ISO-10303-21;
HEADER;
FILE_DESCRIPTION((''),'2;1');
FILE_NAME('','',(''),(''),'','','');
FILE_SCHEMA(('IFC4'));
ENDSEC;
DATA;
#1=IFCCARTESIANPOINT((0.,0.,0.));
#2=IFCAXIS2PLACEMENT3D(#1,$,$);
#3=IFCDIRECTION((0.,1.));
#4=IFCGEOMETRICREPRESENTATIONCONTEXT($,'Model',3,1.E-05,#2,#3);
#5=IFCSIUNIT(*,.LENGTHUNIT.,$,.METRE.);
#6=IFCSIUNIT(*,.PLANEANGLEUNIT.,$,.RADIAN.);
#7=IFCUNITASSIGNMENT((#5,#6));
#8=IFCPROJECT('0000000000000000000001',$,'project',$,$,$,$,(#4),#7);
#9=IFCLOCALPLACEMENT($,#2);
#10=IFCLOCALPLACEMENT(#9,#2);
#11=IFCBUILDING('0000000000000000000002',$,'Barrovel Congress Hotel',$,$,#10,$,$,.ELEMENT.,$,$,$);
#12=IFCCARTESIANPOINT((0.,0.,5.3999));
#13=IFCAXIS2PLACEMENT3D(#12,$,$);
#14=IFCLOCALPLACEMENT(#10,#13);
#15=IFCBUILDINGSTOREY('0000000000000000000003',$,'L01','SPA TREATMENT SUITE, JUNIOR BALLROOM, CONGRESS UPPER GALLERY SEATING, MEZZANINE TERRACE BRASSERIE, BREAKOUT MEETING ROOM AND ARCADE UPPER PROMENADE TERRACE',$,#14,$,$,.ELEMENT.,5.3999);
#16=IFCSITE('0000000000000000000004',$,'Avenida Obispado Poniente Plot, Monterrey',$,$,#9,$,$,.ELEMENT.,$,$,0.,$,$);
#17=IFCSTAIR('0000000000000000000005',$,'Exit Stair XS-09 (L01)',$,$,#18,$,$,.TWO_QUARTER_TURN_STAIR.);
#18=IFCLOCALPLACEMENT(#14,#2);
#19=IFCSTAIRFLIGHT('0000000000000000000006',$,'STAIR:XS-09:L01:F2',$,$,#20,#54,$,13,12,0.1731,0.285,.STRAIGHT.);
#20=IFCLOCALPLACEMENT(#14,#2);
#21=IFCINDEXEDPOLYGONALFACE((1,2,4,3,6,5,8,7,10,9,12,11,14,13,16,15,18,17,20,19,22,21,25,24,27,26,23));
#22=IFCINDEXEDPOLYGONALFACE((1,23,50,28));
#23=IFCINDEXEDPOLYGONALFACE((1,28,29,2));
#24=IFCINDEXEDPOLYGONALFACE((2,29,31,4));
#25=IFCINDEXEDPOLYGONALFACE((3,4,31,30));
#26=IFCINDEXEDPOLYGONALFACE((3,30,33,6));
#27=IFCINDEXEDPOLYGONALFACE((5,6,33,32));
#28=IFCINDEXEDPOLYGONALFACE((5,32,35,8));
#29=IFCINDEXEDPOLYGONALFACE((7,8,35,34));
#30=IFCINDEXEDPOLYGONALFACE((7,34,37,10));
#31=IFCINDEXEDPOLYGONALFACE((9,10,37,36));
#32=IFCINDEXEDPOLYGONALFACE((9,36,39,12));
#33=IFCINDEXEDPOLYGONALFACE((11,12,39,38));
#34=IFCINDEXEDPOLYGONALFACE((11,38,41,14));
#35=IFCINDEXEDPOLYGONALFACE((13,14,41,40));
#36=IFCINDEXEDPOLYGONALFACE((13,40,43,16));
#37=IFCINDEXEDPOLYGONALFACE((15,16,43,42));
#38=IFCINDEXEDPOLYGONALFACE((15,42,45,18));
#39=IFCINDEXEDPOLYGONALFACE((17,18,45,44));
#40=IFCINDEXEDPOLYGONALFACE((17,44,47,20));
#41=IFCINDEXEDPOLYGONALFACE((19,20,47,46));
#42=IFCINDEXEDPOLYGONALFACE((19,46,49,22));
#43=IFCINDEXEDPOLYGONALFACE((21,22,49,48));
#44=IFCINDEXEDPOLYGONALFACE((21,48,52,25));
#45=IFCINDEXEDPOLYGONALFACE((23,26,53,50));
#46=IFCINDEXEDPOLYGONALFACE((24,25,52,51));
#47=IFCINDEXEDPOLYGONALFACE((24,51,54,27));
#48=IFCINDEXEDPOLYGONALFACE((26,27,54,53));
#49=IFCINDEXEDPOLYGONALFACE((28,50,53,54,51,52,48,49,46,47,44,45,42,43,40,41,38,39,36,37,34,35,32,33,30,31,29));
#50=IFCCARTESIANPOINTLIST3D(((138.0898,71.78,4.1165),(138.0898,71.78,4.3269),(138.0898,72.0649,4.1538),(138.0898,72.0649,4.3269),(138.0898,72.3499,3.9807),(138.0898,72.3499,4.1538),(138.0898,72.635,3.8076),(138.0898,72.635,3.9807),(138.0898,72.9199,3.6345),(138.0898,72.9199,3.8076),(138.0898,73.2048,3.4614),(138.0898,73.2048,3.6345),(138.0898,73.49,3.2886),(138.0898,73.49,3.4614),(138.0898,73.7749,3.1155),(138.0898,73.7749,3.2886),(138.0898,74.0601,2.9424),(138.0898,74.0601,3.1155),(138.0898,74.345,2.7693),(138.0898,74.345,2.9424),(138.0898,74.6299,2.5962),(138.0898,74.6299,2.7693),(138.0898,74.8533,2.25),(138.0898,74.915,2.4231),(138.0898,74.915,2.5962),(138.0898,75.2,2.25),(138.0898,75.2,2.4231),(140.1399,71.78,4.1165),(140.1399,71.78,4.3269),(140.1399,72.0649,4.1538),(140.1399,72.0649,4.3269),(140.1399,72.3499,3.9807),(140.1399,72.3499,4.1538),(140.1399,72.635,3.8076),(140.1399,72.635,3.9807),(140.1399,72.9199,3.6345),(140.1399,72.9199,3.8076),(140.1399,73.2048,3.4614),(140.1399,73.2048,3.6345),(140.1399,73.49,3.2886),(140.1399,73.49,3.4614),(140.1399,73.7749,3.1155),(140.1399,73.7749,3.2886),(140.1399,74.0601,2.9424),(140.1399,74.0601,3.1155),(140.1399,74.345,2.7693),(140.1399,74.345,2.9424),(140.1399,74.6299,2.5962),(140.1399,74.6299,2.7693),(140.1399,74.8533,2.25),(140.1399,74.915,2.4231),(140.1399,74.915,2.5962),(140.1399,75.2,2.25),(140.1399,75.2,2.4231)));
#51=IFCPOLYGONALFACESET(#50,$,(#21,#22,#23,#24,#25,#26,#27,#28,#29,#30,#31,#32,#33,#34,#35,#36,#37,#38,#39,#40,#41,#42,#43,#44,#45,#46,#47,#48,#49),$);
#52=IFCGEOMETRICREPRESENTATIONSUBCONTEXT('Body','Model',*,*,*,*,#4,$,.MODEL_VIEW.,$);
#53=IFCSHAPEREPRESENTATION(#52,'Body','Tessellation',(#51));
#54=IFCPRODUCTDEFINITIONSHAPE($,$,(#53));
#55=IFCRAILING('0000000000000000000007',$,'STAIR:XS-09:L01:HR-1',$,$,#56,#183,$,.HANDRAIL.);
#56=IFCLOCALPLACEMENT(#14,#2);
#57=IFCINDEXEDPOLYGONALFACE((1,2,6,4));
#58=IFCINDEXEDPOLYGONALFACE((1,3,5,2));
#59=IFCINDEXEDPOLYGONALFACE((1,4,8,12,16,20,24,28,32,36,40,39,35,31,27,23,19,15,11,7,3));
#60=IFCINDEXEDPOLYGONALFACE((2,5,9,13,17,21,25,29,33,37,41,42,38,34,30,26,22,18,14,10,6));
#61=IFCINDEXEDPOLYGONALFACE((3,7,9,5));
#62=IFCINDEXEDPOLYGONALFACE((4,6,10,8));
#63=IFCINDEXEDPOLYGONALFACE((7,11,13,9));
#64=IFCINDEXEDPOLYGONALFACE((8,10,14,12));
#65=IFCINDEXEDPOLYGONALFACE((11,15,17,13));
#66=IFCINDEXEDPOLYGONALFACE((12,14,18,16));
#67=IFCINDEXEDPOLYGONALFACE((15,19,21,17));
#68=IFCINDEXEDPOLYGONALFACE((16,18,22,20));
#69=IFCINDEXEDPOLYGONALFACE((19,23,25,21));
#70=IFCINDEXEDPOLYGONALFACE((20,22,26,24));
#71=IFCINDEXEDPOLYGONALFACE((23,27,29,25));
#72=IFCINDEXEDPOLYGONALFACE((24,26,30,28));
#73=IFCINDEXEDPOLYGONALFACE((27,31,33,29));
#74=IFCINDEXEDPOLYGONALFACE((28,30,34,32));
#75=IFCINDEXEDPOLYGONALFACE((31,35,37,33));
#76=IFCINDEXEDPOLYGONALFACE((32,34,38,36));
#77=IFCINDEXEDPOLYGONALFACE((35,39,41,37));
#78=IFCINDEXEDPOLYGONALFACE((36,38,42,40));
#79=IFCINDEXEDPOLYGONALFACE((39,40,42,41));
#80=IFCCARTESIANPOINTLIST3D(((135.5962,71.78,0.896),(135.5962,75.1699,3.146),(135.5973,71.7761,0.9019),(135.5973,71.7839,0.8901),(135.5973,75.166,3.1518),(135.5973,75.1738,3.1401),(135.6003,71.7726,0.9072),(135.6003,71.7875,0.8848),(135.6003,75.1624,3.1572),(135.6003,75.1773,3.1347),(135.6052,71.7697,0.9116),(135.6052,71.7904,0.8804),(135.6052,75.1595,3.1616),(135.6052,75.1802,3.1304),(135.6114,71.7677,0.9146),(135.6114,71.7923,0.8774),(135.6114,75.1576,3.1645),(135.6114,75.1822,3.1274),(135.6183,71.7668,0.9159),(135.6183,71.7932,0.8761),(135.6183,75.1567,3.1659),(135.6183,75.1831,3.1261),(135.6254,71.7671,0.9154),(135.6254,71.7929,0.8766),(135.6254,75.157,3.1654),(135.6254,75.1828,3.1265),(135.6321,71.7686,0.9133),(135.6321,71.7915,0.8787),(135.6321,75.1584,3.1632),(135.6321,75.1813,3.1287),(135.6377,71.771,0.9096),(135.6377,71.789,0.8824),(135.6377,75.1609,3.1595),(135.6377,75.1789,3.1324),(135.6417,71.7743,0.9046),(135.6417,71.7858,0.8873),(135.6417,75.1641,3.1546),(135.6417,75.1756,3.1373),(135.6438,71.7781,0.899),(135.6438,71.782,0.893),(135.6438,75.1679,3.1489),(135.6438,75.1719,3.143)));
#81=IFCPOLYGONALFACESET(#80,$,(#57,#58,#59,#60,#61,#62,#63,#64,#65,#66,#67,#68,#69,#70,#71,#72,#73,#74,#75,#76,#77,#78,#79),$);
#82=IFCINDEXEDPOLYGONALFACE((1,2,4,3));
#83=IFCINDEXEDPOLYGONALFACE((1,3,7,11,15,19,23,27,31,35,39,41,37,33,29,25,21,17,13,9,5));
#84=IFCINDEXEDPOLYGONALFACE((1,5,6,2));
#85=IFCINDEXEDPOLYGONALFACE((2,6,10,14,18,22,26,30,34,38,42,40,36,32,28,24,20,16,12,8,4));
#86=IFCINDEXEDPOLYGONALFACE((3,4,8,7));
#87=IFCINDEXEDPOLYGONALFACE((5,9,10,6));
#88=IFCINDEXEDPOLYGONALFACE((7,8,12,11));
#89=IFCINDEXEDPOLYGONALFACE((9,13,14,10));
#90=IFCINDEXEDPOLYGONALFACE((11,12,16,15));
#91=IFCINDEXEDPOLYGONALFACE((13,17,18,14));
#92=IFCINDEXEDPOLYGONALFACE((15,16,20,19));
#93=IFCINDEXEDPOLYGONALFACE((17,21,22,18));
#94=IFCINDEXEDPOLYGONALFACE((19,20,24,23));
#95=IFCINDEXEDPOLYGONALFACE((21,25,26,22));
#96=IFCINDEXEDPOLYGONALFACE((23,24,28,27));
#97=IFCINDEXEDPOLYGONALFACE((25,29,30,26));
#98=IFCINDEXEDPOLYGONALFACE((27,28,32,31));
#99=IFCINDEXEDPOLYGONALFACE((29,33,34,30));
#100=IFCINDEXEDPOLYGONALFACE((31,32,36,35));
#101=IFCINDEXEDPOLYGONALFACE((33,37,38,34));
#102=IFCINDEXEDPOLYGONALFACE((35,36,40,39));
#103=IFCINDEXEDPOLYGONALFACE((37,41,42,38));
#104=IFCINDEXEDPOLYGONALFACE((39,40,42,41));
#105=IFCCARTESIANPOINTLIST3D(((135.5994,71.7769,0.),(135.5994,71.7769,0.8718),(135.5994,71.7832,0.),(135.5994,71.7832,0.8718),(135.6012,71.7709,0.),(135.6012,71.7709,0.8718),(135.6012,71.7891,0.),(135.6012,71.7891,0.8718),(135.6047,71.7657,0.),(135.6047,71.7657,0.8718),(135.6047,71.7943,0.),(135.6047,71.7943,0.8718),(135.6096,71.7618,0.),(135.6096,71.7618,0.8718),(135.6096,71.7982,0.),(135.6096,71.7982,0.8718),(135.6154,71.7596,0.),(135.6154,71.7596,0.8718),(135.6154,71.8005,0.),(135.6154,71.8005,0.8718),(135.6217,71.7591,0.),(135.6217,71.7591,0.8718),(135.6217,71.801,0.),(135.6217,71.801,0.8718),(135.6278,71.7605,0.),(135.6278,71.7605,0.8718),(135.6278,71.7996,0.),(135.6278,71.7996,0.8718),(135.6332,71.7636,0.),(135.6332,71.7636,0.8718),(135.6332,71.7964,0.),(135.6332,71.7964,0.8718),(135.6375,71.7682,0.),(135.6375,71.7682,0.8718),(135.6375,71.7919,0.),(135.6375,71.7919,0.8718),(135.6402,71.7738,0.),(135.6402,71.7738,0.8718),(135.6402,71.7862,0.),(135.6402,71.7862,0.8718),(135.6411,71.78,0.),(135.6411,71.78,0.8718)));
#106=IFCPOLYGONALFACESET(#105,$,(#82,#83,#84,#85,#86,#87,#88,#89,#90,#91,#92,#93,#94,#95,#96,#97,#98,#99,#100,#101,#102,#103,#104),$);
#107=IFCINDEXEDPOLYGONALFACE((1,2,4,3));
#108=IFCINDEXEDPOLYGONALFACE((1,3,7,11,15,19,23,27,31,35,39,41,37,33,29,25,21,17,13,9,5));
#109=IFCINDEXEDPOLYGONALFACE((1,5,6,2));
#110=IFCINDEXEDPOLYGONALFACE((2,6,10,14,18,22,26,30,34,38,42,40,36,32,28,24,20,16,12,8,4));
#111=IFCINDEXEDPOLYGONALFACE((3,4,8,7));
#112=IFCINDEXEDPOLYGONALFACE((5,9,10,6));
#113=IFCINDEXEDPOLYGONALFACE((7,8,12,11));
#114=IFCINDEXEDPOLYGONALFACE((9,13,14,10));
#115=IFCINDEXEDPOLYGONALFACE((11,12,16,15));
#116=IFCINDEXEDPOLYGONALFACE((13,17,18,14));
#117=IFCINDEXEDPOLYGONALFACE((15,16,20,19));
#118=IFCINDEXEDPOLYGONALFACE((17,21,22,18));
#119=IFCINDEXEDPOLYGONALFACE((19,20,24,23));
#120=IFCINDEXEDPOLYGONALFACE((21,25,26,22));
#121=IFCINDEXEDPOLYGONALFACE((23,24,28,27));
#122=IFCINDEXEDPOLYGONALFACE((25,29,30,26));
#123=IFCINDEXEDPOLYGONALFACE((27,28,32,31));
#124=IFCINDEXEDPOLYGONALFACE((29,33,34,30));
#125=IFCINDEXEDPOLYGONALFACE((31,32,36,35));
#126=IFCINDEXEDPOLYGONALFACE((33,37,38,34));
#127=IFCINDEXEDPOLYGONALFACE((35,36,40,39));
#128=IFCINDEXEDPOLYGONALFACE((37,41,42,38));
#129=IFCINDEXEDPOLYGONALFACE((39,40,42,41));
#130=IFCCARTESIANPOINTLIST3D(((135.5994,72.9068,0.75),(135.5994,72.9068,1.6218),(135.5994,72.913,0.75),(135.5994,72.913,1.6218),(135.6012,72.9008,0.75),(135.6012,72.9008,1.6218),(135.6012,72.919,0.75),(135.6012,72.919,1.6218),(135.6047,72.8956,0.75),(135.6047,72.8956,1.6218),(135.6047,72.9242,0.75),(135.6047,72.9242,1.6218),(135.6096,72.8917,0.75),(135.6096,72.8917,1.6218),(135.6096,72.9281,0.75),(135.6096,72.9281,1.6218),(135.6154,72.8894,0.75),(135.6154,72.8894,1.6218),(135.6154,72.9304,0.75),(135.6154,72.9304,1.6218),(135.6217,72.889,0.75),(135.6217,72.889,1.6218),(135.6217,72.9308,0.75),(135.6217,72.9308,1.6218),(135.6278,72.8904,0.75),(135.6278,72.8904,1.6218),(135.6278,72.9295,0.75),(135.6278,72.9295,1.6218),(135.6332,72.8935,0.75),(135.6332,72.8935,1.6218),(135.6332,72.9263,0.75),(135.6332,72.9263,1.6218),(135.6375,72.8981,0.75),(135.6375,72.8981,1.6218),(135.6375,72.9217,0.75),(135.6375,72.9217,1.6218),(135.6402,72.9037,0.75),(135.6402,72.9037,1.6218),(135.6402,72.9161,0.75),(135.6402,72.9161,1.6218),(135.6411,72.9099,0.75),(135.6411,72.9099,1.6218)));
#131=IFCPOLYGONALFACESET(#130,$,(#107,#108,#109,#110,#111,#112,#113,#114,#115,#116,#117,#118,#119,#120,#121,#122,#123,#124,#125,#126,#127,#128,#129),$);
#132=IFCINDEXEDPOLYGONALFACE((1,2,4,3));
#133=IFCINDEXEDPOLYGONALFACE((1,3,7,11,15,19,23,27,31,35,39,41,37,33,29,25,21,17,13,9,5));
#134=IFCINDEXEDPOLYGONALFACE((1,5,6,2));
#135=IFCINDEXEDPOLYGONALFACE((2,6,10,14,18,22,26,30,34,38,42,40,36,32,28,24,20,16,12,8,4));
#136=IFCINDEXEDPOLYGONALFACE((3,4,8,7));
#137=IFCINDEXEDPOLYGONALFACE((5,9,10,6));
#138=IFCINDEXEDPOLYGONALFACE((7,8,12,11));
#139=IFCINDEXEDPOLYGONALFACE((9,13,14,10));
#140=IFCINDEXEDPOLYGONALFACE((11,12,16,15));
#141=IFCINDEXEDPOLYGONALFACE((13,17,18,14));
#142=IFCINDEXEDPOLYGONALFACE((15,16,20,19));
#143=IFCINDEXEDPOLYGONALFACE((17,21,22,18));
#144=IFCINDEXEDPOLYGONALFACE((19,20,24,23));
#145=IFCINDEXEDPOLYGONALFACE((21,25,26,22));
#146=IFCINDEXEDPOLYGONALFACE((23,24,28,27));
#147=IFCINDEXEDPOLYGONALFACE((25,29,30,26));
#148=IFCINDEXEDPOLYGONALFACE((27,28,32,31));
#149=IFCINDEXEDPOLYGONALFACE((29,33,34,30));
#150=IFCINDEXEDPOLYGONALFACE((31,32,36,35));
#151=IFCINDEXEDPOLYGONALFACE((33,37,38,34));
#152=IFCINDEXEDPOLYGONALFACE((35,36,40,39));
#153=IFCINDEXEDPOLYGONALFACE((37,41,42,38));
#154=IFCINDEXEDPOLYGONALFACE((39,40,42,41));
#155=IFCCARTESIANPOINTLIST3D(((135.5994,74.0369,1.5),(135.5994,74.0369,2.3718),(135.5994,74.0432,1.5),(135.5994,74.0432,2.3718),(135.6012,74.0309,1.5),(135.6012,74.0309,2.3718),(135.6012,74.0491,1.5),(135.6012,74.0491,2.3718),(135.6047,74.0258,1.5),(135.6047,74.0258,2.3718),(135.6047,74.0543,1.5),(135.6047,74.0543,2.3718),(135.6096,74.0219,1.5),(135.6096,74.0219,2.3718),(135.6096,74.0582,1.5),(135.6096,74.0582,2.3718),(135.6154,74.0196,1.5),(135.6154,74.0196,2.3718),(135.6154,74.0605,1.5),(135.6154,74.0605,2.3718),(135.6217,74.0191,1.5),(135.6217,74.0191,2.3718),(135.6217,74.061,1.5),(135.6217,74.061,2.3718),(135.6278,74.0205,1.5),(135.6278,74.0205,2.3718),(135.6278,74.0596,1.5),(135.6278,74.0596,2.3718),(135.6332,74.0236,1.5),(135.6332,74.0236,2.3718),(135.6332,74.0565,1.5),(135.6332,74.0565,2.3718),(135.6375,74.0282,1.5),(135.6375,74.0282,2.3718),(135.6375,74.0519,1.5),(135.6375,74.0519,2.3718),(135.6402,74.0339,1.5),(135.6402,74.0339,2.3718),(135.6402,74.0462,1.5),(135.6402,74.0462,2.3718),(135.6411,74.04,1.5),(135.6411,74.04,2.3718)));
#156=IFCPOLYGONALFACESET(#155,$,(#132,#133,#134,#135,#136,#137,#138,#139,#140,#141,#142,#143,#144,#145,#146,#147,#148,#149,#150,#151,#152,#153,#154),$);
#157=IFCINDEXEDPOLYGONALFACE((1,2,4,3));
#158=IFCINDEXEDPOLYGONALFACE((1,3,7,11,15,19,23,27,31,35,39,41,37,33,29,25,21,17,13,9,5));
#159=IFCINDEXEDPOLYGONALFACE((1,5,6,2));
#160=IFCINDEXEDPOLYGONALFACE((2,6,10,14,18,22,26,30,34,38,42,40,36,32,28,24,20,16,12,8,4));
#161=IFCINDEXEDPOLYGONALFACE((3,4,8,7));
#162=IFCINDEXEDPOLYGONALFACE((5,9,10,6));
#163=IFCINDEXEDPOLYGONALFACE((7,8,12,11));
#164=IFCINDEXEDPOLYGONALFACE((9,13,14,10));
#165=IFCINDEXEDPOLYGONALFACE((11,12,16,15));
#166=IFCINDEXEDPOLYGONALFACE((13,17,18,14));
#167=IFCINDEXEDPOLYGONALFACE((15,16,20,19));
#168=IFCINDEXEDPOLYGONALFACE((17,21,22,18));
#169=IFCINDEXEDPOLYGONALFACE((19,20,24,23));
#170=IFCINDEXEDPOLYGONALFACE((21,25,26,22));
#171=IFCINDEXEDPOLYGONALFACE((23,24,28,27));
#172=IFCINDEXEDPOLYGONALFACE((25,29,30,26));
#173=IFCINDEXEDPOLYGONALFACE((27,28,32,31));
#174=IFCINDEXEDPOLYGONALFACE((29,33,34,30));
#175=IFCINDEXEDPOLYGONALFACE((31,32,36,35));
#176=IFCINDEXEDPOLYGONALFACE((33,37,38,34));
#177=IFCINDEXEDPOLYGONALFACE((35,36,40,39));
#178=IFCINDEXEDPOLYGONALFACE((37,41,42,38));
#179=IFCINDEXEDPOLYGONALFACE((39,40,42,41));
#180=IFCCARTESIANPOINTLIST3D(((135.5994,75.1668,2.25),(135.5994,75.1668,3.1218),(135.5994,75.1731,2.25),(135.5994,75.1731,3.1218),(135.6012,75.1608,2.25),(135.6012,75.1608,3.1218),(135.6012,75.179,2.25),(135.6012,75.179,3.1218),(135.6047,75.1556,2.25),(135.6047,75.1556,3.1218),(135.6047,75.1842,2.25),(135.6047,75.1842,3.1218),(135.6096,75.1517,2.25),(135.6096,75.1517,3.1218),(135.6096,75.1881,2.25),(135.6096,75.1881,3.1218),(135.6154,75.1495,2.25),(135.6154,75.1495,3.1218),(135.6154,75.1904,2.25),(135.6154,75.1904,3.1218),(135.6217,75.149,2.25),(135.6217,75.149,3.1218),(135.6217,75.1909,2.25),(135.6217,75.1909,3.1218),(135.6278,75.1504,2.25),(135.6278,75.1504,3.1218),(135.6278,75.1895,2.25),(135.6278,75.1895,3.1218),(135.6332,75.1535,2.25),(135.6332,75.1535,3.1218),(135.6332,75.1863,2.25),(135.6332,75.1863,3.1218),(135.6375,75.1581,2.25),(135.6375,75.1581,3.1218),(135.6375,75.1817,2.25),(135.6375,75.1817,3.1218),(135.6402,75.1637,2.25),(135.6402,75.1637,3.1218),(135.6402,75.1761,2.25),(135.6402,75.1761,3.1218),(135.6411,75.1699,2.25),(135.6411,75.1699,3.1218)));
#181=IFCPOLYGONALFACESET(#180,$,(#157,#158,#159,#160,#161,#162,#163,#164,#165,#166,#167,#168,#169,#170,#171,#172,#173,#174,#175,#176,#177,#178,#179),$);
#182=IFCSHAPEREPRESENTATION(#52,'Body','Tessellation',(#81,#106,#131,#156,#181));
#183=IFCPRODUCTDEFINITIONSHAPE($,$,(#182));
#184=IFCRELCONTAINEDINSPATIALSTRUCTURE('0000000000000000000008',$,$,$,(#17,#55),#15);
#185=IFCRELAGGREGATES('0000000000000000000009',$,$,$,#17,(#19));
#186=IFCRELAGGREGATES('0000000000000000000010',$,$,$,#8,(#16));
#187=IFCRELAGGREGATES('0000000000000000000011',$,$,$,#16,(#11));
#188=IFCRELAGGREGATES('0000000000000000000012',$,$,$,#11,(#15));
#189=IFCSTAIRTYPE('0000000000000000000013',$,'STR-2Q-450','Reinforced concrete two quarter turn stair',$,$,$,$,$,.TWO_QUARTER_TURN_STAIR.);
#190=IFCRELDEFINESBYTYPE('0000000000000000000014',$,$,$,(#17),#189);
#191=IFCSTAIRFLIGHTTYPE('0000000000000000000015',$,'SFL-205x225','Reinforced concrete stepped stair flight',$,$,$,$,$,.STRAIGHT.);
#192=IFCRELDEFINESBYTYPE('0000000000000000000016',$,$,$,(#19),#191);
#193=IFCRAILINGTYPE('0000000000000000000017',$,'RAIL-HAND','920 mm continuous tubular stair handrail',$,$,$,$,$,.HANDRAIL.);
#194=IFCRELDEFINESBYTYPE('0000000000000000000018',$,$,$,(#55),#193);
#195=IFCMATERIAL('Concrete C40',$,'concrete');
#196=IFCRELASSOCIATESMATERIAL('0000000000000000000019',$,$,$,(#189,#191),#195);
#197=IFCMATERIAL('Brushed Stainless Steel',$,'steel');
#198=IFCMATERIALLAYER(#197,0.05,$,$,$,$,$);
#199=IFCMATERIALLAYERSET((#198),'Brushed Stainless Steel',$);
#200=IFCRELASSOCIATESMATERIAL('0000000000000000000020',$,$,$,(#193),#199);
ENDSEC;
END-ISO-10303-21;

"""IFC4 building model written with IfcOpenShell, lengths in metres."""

from ifc_helpers import new_model, si_unit, direction, frame, origin, origin_2d, place, context, subcontext, project, spatial, polyline, circle, outline, extrude, material, layer, layer_set, type_object, element, aggregate, save


model = new_model("IFC4")

# Units and contexts
model_context = context("Model", 3, precision=1e-05, world=origin(), true_north=direction((0.0, 1.0)))
body_context = subcontext(model_context, "Body", "Model", "MODEL_VIEW")
ifc_project = project(units=[si_unit("LENGTHUNIT", "METRE"), si_unit("PLANEANGLEUNIT", "RADIAN")], contexts=[model_context])

# Site, building, storey
site_placement = place(None, origin())
site = spatial("IfcSite", under=ifc_project, at=site_placement, Name="Avenida Obispado Poniente Plot, Monterrey", CompositionType="ELEMENT", RefElevation=0.0)
building_placement = place(site_placement, origin())
building = spatial("IfcBuilding", under=site, at=building_placement, Name="Barrovel Congress Hotel", CompositionType="ELEMENT")
storey_placement = place(building_placement, frame((0.0, 0.0, 5.3999)))
storey = spatial("IfcBuildingStorey", under=building, at=storey_placement, Name="L01", Description="SPA TREATMENT SUITE, JUNIOR BALLROOM, CONGRESS UPPER GALLERY SEATING, MEZZANINE TERRACE BRASSERIE, BREAKOUT MEETING ROOM AND ARCADE UPPER PROMENADE TERRACE", CompositionType="ELEMENT", Elevation=5.3999)

# Shared definitions
ifc_material_1 = material(Name="Concrete C40", Category="concrete")

# Stair, stair flight
stair_type = type_object("IfcStairType", Name="STR-2Q-450", Description="Reinforced concrete two quarter turn stair", PredefinedType="TWO_QUARTER_TURN_STAIR", material=ifc_material_1)
stair_placement = place(storey_placement, origin())
stair = element("IfcStair", 1, at=stair_placement, inside=storey, type_object=stair_type, Name="Exit Stair XS-09 (L01)", PredefinedType="TWO_QUARTER_TURN_STAIR")
stair_flight_type = type_object("IfcStairFlightType", Name="SFL-205x225", Description="Reinforced concrete stepped stair flight", PredefinedType="STRAIGHT", material=ifc_material_1)
stair_flight_1_placement = place(storey_placement, frame((139.115, 75.2, 2.25), z_axis=(0.0, 0.0, 1.0), x_axis=(0.0, -1.0, 0.0)))
stair_flight_1 = element("IfcStairFlight", 2, at=stair_flight_1_placement, type_object=stair_flight_type, Name="STAIR:XS-09:L01:F2", NumberOfRisers=13, NumberOfTreads=12, PredefinedType="STRAIGHT", RiserHeight=0.1731, TreadLength=0.285, context=body_context, shape_type="SweptSolid", body=[
    extrude(outline(polyline([(0.0, 0.0), (0.0, 0.1731), (0.2849, 0.1731), (0.2849, 0.3462), (0.5701, 0.3462), (0.5701, 0.5193), (0.855, 0.5193), (0.855, 0.6924), (1.1399, 0.6924), (1.1399, 0.8655), (1.425, 0.8655), (1.425, 1.0386), (1.71, 1.0386), (1.71, 1.2114), (1.9951, 1.2114), (1.9951, 1.3845), (2.28, 1.3845), (2.28, 1.5576), (2.5649, 1.5576), (2.5649, 1.7307), (2.8501, 1.7307), (2.8501, 1.9038), (3.135, 1.9038), (3.135, 2.0769), (3.4199, 2.0769), (3.4199, 2.25), (3.4199, 1.8665), (0.3467, 0.0), (0.0, 0.0)])), frame((0.0, 1.0249, 0.0), z_axis=(0.0, -1.0, 0.0), x_axis=(1.0, 0.0, 0.0)), (0.0, 0.0, 1.0), 2.05),
])
aggregate(stair, [stair_flight_1])

# Railing
ifc_material_2 = material(Name="Brushed Stainless Steel", Category="steel")
ifc_layer_1 = layer(ifc_material_2, 0.05)
ifc_layer_set_1 = layer_set([ifc_layer_1], Name="Brushed Stainless Steel")
railing_type_1 = type_object("IfcRailingType", Name="RAIL-HAND", Description="920 mm continuous tubular stair handrail", PredefinedType="HANDRAIL", material=ifc_layer_set_1)
railing_1_placement = place(storey_placement, frame((135.6201, 71.78, 0.0)))
element("IfcRailing", 3, at=railing_1_placement, inside=storey, type_object=railing_type_1, Name="STAIR:XS-09:L01:HR-1", PredefinedType="HANDRAIL", context=body_context, shape_type="SweptSolid", body=[
    extrude(circle(Radius=0.0239, at=origin_2d()), frame((0.0, 0.0, 0.896), z_axis=(0.0, 0.833175, 0.55301), x_axis=(-1.0, 0.0, 0.0)), (0.0, 0.0, 1.0), 4.0686),
    extrude(circle(Radius=0.021, at=origin_2d()), origin(), (0.0, 0.0, 1.0), 0.8718),
    extrude(circle(Radius=0.021, at=origin_2d()), frame((0.0, 1.1299, 0.75)), (0.0, 0.0, 1.0), 0.8718),
    extrude(circle(Radius=0.021, at=origin_2d()), frame((0.0, 2.26, 1.5)), (0.0, 0.0, 1.0), 0.8718),
    extrude(circle(Radius=0.021, at=origin_2d()), frame((0.0, 3.3899, 2.25)), (0.0, 0.0, 1.0), 0.8718),
])

save(model, "model.ifc")
